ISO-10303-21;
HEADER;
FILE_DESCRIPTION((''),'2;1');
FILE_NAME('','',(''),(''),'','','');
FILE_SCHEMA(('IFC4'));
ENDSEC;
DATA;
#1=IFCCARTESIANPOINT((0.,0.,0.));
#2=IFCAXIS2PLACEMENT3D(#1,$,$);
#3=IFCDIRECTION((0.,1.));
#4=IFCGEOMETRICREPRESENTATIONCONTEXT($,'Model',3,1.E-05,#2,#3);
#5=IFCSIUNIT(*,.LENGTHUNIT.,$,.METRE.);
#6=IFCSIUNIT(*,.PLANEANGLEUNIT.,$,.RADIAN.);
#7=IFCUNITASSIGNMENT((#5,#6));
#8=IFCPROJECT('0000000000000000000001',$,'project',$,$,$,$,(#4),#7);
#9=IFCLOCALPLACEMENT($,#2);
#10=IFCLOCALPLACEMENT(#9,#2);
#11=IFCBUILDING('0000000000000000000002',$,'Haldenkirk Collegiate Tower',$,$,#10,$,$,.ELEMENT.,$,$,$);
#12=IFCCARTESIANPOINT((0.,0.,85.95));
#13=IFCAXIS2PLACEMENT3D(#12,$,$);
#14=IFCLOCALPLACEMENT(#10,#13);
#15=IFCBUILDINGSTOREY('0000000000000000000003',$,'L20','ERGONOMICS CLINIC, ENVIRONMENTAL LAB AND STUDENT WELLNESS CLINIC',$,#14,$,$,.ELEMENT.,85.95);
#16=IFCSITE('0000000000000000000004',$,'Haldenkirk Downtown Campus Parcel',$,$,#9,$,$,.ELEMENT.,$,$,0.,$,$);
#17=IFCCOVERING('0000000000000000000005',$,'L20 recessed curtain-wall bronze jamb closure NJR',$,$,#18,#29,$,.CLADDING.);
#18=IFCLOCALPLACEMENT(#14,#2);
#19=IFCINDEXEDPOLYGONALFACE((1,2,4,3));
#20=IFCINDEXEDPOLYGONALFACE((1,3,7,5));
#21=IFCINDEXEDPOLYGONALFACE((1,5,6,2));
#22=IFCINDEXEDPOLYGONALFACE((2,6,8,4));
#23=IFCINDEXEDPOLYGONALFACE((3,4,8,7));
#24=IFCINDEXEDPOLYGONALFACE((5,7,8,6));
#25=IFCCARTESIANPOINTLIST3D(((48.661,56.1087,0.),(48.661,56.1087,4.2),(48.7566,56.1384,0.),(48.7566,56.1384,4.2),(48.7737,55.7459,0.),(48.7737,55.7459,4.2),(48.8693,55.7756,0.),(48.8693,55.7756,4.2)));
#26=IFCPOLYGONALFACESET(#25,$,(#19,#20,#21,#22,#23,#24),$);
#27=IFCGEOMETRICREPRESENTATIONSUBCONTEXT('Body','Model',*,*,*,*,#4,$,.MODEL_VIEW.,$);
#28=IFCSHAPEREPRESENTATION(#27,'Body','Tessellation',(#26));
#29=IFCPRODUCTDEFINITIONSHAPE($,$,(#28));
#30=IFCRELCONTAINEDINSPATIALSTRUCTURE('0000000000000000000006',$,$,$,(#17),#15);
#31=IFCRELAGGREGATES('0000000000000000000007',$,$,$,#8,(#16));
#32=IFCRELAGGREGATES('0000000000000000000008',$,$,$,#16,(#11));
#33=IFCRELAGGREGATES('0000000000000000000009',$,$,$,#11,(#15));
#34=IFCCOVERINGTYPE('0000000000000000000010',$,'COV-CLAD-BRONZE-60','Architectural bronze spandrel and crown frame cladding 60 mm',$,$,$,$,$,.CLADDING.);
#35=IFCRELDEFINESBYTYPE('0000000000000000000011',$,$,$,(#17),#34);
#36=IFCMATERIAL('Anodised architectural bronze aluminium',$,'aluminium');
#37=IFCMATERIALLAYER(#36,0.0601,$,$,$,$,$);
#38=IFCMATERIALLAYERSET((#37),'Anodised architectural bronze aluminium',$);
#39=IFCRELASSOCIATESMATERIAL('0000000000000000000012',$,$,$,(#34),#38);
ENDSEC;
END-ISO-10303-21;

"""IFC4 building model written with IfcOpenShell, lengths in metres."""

from ifc_helpers import new_model, si_unit, direction, frame, origin, origin_2d, place, context, subcontext, project, spatial, rectangle, extrude, source, transform, mapped, material, layer, layer_set, type_object, element, save


model = new_model("IFC4")

# Units and contexts
model_context = context("Model", 3, precision=1e-05, world=origin(), true_north=direction((0.0, 1.0)))
body_context = subcontext(model_context, "Body", "Model", "MODEL_VIEW")
ifc_project = project(units=[si_unit("LENGTHUNIT", "METRE"), si_unit("PLANEANGLEUNIT", "RADIAN")], contexts=[model_context])

# Site, building, storey
site_placement = place(None, origin())
site = spatial("IfcSite", under=ifc_project, at=site_placement, Name="Haldenkirk Downtown Campus Parcel", CompositionType="ELEMENT", RefElevation=0.0)
building_placement = place(site_placement, origin())
building = spatial("IfcBuilding", under=site, at=building_placement, Name="Haldenkirk Collegiate Tower", CompositionType="ELEMENT")
storey_placement = place(building_placement, frame((0.0, 0.0, 85.95)))
storey = spatial("IfcBuildingStorey", under=building, at=storey_placement, Name="L20", Description="ERGONOMICS CLINIC, ENVIRONMENTAL LAB AND STUDENT WELLNESS CLINIC", CompositionType="ELEMENT", Elevation=85.95)

# Shared definitions
ifc_material_1 = material(Name="Anodised architectural bronze aluminium", Category="aluminium")

# Covering
ifc_layer_1 = layer(ifc_material_1, 0.0601)
ifc_layer_set_1 = layer_set([ifc_layer_1], Name="Anodised architectural bronze aluminium")
covering_type = type_object("IfcCoveringType", Name="COV-CLAD-BRONZE-60", Description="Architectural bronze spandrel and crown frame cladding 60 mm", PredefinedType="CLADDING", material=ifc_layer_set_1)
shared_shape_1 = source(origin(), body_context, "Body", "SweptSolid", [
    extrude(rectangle(XDim=0.1001, YDim=0.3799, at=origin_2d()), origin(), (0.0, 0.0, 1.0), 4.2),
])
for number, where, z_axis, x_axis, name in (
    (1, (48.7651, 55.9421, 0.0), (0.0, 0.0, 1.0), (0.95502, 0.296542, 0.0), "L20 recessed curtain-wall bronze jamb closure NJR"),
):
    element("IfcCovering", number, at=place(storey_placement, frame(where, z_axis=z_axis, x_axis=x_axis)), inside=storey, type_object=covering_type, Name=name, PredefinedType="CLADDING", context=body_context, shape_type="MappedRepresentation", body=[
        mapped(shared_shape_1, transform((0.0, 0.0, 0.0), x_axis=(1.0, 0.0, 0.0), y_axis=(0.0, 1.0, 0.0), z_axis=(0.0, 0.0, 1.0), scale=1.0)),
    ])

save(model, "model.ifc")
